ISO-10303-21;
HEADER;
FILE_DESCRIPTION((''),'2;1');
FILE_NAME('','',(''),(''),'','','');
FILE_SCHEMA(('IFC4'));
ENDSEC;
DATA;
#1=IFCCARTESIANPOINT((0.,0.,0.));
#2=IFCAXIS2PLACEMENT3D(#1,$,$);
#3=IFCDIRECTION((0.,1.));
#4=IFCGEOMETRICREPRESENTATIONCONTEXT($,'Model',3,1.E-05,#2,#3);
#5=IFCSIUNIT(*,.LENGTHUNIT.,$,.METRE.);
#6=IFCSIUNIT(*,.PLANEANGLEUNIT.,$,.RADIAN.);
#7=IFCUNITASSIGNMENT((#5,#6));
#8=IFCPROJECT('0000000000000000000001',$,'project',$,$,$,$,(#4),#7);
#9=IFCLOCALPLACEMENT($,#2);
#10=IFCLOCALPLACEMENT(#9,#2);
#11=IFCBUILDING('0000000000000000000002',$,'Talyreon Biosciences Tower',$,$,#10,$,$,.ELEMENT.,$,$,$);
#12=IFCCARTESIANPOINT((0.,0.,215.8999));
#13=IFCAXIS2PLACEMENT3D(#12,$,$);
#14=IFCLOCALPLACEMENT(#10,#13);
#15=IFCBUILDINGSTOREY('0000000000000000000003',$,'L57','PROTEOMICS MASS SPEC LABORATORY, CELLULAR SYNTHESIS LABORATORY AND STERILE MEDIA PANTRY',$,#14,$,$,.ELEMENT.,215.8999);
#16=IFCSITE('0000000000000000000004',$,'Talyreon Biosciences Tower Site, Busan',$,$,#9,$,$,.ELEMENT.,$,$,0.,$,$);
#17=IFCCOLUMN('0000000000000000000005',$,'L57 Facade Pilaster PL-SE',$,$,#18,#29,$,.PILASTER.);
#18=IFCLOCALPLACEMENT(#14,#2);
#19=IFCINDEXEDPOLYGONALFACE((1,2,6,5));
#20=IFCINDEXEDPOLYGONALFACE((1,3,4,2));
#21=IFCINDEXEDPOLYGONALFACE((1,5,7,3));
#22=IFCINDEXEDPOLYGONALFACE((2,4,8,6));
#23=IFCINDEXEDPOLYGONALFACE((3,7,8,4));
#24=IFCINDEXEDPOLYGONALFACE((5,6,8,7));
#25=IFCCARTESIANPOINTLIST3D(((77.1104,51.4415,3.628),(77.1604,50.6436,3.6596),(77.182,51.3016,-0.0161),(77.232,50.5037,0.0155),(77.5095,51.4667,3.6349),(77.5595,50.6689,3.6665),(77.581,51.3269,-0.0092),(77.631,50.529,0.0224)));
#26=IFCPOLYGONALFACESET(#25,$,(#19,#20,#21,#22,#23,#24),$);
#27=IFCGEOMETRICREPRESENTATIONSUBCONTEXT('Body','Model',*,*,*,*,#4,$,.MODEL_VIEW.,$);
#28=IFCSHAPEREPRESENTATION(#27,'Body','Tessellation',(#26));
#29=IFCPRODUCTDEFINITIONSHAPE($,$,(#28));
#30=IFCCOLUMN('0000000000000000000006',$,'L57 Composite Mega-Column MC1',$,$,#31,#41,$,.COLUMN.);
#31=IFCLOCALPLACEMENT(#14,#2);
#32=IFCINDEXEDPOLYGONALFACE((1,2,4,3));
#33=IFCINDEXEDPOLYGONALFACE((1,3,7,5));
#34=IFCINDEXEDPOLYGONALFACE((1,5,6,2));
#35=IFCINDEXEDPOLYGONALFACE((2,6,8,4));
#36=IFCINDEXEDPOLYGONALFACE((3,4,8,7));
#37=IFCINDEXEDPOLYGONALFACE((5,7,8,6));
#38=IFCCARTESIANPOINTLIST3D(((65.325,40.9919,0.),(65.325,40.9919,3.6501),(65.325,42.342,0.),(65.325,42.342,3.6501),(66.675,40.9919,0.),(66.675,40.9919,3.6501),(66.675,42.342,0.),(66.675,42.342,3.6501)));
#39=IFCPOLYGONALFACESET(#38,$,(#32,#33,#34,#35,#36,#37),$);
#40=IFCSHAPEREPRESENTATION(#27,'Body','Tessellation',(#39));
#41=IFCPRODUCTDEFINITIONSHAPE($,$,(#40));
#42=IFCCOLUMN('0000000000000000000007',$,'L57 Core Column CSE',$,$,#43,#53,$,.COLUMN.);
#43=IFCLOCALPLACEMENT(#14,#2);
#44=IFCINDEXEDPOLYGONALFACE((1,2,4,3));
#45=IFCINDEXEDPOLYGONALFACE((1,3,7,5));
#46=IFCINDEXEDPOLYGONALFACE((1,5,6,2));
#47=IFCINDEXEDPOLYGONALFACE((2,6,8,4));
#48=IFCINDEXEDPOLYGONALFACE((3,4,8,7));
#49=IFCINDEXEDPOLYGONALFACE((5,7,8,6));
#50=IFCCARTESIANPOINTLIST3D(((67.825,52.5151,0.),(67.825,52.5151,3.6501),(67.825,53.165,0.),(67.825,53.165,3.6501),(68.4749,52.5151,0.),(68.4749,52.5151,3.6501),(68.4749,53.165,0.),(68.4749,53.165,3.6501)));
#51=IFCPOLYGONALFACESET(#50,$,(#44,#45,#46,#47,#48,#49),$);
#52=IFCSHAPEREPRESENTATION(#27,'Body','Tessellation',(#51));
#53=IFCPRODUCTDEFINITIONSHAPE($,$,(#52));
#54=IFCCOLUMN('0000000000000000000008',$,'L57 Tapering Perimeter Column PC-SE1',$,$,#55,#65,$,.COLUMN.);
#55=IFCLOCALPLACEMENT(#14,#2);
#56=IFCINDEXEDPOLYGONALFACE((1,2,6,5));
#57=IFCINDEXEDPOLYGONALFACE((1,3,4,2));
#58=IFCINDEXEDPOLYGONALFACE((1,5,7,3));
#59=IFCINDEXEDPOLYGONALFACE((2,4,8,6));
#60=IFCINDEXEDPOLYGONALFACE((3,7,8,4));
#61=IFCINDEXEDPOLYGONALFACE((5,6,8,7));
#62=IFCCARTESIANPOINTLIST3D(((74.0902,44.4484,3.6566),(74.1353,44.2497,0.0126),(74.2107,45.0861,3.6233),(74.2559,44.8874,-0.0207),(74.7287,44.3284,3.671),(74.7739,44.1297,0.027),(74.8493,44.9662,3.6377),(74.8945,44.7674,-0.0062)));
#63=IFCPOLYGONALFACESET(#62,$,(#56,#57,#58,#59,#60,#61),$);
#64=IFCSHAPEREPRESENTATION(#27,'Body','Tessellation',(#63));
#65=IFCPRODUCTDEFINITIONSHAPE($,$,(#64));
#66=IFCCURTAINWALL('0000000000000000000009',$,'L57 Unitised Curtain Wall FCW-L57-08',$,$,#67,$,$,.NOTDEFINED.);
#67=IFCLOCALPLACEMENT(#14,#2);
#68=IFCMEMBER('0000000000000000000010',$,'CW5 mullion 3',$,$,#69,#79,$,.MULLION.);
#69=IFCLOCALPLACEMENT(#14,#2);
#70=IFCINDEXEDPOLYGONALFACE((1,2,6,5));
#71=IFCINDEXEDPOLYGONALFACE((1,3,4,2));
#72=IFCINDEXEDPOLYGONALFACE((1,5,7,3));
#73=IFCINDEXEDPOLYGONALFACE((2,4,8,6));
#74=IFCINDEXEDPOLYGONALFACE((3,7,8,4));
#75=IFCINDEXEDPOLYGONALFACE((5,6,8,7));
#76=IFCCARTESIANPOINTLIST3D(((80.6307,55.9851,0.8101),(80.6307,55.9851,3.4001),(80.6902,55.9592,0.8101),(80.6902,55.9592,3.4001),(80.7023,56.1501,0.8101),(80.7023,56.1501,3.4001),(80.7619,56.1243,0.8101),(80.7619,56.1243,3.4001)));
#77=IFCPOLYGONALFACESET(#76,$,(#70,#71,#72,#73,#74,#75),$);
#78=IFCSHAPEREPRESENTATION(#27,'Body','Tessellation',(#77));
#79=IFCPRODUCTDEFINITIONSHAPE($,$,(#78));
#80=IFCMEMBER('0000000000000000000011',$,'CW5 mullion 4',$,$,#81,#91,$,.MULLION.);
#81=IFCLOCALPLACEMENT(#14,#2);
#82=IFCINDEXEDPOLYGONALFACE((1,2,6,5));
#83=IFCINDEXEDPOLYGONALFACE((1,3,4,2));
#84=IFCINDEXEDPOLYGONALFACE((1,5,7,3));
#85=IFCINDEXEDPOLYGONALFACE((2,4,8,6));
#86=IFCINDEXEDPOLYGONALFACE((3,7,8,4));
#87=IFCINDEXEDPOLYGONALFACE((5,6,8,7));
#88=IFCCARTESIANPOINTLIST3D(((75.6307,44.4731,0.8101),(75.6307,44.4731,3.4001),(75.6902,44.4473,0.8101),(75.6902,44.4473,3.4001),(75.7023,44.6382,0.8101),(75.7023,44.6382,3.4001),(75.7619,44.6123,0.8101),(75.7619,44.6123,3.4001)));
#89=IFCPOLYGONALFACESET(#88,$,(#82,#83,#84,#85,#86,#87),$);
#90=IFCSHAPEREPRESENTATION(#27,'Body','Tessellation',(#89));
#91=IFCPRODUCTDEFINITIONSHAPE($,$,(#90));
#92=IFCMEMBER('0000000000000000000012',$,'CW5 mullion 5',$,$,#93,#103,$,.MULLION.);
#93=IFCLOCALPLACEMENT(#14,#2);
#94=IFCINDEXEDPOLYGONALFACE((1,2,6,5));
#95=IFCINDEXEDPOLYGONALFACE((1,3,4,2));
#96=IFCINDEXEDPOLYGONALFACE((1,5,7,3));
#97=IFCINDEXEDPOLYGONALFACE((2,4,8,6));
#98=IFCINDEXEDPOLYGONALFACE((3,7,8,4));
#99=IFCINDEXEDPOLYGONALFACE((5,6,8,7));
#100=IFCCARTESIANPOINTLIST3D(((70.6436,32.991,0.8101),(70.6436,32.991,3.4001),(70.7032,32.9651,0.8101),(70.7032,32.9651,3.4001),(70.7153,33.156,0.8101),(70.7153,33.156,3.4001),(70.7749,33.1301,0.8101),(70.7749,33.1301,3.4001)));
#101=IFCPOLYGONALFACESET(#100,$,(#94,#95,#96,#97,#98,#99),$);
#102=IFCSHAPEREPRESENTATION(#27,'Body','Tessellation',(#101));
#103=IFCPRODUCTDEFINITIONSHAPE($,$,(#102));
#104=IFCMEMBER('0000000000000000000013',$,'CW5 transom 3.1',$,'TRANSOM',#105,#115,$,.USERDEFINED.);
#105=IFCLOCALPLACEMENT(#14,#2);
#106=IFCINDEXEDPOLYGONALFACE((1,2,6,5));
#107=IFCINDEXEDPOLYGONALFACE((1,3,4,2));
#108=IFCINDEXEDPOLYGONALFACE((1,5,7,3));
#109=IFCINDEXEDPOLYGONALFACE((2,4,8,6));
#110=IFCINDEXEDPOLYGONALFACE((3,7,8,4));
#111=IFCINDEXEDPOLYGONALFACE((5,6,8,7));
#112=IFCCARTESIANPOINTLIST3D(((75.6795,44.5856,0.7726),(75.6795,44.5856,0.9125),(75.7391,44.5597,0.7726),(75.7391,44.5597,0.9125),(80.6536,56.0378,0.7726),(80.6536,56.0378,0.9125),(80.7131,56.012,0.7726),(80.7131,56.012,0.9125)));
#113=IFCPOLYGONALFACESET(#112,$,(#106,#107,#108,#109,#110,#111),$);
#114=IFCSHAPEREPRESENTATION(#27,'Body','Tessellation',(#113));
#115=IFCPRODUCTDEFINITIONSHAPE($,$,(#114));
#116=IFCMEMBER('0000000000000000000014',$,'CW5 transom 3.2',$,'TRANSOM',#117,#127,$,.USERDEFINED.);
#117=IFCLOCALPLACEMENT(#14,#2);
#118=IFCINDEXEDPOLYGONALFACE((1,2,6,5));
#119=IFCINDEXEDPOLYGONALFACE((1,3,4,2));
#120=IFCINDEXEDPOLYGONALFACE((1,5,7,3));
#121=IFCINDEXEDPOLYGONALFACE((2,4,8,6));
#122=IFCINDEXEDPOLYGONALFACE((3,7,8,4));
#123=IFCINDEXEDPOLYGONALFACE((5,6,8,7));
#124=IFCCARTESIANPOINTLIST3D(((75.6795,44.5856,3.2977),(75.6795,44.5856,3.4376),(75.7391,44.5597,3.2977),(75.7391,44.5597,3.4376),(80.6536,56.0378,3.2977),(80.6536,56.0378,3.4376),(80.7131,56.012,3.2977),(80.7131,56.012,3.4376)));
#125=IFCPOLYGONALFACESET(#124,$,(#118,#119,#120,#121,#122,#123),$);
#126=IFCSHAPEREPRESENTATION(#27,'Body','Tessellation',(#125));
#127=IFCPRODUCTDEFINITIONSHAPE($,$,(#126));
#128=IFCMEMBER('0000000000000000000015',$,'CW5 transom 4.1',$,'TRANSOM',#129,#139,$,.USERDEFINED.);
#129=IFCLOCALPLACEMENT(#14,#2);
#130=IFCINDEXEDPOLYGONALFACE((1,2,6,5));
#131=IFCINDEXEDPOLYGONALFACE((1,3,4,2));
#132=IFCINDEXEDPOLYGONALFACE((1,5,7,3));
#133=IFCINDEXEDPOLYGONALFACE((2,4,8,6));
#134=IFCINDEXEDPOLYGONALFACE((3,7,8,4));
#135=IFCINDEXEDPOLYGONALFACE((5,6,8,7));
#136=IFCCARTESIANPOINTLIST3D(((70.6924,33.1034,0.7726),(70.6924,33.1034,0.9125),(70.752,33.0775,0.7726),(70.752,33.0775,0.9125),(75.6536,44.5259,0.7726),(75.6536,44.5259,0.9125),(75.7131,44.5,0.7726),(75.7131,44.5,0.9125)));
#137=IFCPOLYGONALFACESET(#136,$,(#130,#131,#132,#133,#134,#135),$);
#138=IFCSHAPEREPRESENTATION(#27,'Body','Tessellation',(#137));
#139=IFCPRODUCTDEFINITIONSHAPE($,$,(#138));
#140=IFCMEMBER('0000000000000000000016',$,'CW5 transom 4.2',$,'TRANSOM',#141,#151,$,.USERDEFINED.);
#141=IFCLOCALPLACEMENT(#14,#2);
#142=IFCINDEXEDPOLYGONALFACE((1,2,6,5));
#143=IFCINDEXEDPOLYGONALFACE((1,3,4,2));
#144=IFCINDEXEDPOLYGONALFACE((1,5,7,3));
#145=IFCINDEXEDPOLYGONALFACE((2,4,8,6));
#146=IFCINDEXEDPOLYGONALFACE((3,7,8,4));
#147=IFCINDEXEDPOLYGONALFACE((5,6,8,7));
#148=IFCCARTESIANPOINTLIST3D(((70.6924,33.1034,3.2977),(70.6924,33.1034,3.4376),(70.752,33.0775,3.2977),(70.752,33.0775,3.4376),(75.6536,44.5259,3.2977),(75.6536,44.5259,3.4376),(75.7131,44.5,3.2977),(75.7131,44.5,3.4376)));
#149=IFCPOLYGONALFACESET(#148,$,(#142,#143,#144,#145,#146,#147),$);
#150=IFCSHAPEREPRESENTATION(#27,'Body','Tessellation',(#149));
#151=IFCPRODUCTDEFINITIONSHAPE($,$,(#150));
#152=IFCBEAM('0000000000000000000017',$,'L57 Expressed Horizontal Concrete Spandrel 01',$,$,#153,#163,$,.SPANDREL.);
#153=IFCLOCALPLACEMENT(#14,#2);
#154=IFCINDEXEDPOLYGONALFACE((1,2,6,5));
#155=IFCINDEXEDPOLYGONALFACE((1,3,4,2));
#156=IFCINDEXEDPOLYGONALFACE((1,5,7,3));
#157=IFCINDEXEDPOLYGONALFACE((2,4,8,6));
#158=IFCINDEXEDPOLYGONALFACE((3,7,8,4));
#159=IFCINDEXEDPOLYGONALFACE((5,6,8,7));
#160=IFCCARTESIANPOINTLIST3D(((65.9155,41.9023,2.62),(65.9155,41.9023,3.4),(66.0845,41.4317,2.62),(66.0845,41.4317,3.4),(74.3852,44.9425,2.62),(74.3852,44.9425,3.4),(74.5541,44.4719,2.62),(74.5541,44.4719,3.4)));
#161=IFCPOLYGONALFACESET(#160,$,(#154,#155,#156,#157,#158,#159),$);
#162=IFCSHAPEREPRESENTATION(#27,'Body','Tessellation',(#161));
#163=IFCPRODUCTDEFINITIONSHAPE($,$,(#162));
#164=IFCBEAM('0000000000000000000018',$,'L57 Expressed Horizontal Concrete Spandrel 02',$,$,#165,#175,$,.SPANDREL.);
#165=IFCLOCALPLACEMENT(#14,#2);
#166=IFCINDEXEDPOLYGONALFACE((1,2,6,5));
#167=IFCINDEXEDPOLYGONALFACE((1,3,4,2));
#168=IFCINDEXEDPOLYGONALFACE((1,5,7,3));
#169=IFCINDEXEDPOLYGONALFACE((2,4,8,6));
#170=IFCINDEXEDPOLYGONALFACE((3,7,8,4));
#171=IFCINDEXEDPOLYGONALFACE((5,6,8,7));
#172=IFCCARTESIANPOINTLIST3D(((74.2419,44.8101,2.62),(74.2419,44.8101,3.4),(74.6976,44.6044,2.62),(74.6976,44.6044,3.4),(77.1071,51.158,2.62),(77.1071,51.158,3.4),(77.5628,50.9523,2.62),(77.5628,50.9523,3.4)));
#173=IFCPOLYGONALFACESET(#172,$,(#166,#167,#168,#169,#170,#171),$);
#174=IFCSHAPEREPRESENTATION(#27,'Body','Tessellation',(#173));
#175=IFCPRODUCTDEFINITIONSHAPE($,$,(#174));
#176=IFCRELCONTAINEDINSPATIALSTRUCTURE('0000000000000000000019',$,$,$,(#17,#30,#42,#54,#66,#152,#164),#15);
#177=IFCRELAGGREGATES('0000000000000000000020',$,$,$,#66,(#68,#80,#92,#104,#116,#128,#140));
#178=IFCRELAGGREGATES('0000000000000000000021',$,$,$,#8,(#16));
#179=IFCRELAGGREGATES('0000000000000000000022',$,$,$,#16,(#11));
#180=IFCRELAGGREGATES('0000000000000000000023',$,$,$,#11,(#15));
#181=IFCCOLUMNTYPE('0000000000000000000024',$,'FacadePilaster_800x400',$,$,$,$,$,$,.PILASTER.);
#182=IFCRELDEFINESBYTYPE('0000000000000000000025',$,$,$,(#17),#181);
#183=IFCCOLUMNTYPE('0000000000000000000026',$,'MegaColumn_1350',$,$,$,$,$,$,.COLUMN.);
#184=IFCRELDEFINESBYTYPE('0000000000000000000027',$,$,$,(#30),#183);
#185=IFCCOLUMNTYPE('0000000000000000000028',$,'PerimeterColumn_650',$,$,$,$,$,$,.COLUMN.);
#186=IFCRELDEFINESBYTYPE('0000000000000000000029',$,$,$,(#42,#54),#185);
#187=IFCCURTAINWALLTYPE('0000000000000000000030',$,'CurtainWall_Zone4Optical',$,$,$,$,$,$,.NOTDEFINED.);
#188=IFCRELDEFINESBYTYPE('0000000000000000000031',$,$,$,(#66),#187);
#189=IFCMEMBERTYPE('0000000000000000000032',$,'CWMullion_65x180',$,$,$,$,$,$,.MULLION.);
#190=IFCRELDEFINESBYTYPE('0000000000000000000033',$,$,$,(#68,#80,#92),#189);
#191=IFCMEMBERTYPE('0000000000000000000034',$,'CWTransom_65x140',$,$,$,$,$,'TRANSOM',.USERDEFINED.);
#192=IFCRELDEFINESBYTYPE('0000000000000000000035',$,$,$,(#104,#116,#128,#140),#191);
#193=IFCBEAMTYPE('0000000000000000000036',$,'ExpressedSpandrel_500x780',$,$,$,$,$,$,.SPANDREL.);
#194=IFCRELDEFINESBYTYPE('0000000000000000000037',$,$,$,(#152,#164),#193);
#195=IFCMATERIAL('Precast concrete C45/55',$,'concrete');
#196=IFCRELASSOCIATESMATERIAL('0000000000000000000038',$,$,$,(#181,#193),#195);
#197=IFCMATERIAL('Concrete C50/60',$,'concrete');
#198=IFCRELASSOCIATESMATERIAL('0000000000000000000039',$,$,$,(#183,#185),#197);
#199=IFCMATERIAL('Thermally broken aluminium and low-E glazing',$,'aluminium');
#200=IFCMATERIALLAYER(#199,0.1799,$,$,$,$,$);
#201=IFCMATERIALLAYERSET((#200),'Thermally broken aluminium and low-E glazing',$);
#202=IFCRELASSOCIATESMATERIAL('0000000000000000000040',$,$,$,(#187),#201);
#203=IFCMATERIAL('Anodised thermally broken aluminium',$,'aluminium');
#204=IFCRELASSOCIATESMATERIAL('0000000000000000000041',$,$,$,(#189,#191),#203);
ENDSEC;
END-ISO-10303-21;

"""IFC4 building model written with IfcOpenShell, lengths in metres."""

from ifc_helpers import new_model, si_unit, direction, frame, origin, origin_2d, place, context, subcontext, project, spatial, rectangle, extrude, material, layer, layer_set, material_profile, profile_set, type_object, element, aggregate, save


model = new_model("IFC4")

# Units and contexts
model_context = context("Model", 3, precision=1e-05, world=origin(), true_north=direction((0.0, 1.0)))
body_context = subcontext(model_context, "Body", "Model", "MODEL_VIEW")
ifc_project = project(units=[si_unit("LENGTHUNIT", "METRE"), si_unit("PLANEANGLEUNIT", "RADIAN")], contexts=[model_context])

# Site, building, storey
site_placement = place(None, origin())
site = spatial("IfcSite", under=ifc_project, at=site_placement, Name="Talyreon Biosciences Tower Site, Busan", CompositionType="ELEMENT", RefElevation=0.0)
building_placement = place(site_placement, origin())
building = spatial("IfcBuilding", under=site, at=building_placement, Name="Talyreon Biosciences Tower", CompositionType="ELEMENT")
storey_placement = place(building_placement, frame((0.0, 0.0, 215.8999)))
storey = spatial("IfcBuildingStorey", under=building, at=storey_placement, Name="L57", Description="PROTEOMICS MASS SPEC LABORATORY, CELLULAR SYNTHESIS LABORATORY AND STERILE MEDIA PANTRY", CompositionType="ELEMENT", Elevation=215.8999)

# Columns
ifc_material_1 = material(Name="Precast concrete C45/55", Category="concrete")
ifc_material_profile_1 = material_profile(ifc_material_1, rectangle(XDim=0.8, YDim=0.3999, at=origin_2d()), Name="RC 800x400")
ifc_profile_set_1 = profile_set([ifc_material_profile_1], Name="Precast concrete C45/55")
column_type_1 = type_object("IfcColumnType", Name="FacadePilaster_800x400", PredefinedType="PILASTER", material=ifc_profile_set_1)
column_1_placement = place(storey_placement, frame((77.4065, 50.9153, 0.0032), z_axis=(-0.019612, 0.038354, 0.999072), x_axis=(0.062501, -0.997262, 0.039511)))
element("IfcColumn", 1, at=column_1_placement, inside=storey, type_object=column_type_1, Name="L57 Facade Pilaster PL-SE", PredefinedType="PILASTER", context=body_context, shape_type="SweptSolid", body=[
    extrude(rectangle(XDim=0.8, YDim=0.3999, at=origin_2d()), origin(), (0.0, 0.0, 1.0), 3.6475),
])
ifc_material_2 = material(Name="Concrete C50/60", Category="concrete")
ifc_material_profile_2 = material_profile(ifc_material_2, rectangle(XDim=1.3501, YDim=1.3501, at=origin_2d()), Name="RC 1350x1350")
ifc_profile_set_2 = profile_set([ifc_material_profile_2], Name="Concrete C50/60")
column_type_2 = type_object("IfcColumnType", Name="MegaColumn_1350", PredefinedType="COLUMN", material=ifc_profile_set_2)
column_2_placement = place(storey_placement, frame((66.0, 41.667, 0.0), z_axis=(0.0, 0.0, 1.0), x_axis=(1.0, 0.0, 0.0)))
element("IfcColumn", 2, at=column_2_placement, inside=storey, type_object=column_type_2, Name="L57 Composite Mega-Column MC1", PredefinedType="COLUMN", context=body_context, shape_type="SweptSolid", body=[
    extrude(rectangle(XDim=1.3501, YDim=1.3501, at=origin_2d()), origin(), (0.0, 0.0, 1.0), 3.6501),
])
ifc_material_profile_3 = material_profile(ifc_material_2, rectangle(XDim=0.6499, YDim=0.6499, at=origin_2d()), Name="RC 650x650")
ifc_profile_set_3 = profile_set([ifc_material_profile_3], Name="Concrete C50/60")
column_type_3 = type_object("IfcColumnType", Name="PerimeterColumn_650", PredefinedType="COLUMN", material=ifc_profile_set_3)
column_3_placement = place(storey_placement, frame((68.1499, 52.8401, 0.0), z_axis=(0.0, 0.0, 1.0), x_axis=(1.0, 0.0, 0.0)))
element("IfcColumn", 3, at=column_3_placement, inside=storey, type_object=column_type_3, Name="L57 Core Column CSE", PredefinedType="COLUMN", context=body_context, shape_type="SweptSolid", body=[
    extrude(rectangle(XDim=0.6499, YDim=0.6499, at=origin_2d()), origin(), (0.0, 0.0, 1.0), 3.6501),
])
column_4_placement = place(storey_placement, frame((74.5149, 44.5085, 0.0032), z_axis=(-0.012375, 0.054451, 0.99844), x_axis=(-0.185516, -0.981306, 0.051217)))
element("IfcColumn", 4, at=column_4_placement, inside=storey, type_object=column_type_3, Name="L57 Tapering Perimeter Column PC-SE1", PredefinedType="COLUMN", context=body_context, shape_type="SweptSolid", body=[
    extrude(rectangle(XDim=0.6499, YDim=0.6499, at=origin_2d()), origin(), (0.0, 0.0, 1.0), 3.6497),
])

# Curtain wall, members
ifc_material_3 = material(Name="Thermally broken aluminium and low-E glazing", Category="aluminium")
ifc_layer_1 = layer(ifc_material_3, 0.1799)
ifc_layer_set_1 = layer_set([ifc_layer_1], Name="Thermally broken aluminium and low-E glazing")
curtain_wall_type = type_object("IfcCurtainWallType", Name="CurtainWall_Zone4Optical", PredefinedType="NOTDEFINED", material=ifc_layer_set_1)
curtain_wall_placement = place(storey_placement, origin())
curtain_wall = element("IfcCurtainWall", 5, at=curtain_wall_placement, inside=storey, type_object=curtain_wall_type, Name="L57 Unitised Curtain Wall FCW-L57-08", PredefinedType="NOTDEFINED")
ifc_material_4 = material(Name="Anodised thermally broken aluminium", Category="aluminium")
ifc_material_profile_4 = material_profile(ifc_material_4, rectangle(XDim=0.0649, YDim=0.1799, at=origin_2d()), Name="ALUM MULLION 65x180")
ifc_profile_set_4 = profile_set([ifc_material_profile_4], Name="Anodised thermally broken aluminium")
member_type_1 = type_object("IfcMemberType", Name="CWMullion_65x180", PredefinedType="MULLION", material=ifc_profile_set_4)
member_1_placement = place(storey_placement, frame((80.6963, 56.0547, 0.8101), z_axis=(0.0, 0.0, 1.0), x_axis=(0.917222, -0.398376, 0.0)))
member_1 = element("IfcMember", 6, at=member_1_placement, type_object=member_type_1, Name="CW5 mullion 3", PredefinedType="MULLION", context=body_context, shape_type="SweptSolid", body=[
    extrude(rectangle(XDim=0.0649, YDim=0.1799, at=origin_2d()), origin(), (0.0, 0.0, 1.0), 2.5901),
])
member_2_placement = place(storey_placement, frame((75.6963, 44.5427, 0.8101), z_axis=(0.0, 0.0, 1.0), x_axis=(0.917222, -0.398376, 0.0)))
member_2 = element("IfcMember", 7, at=member_2_placement, type_object=member_type_1, Name="CW5 mullion 4", PredefinedType="MULLION", context=body_context, shape_type="SweptSolid", body=[
    extrude(rectangle(XDim=0.0649, YDim=0.1799, at=origin_2d()), origin(), (0.0, 0.0, 1.0), 2.5901),
])
member_3_placement = place(storey_placement, frame((70.7092, 33.0605, 0.8101), z_axis=(0.0, 0.0, 1.0), x_axis=(0.917222, -0.398376, 0.0)))
member_3 = element("IfcMember", 8, at=member_3_placement, type_object=member_type_1, Name="CW5 mullion 5", PredefinedType="MULLION", context=body_context, shape_type="SweptSolid", body=[
    extrude(rectangle(XDim=0.0649, YDim=0.1799, at=origin_2d()), origin(), (0.0, 0.0, 1.0), 2.5901),
])
ifc_material_profile_5 = material_profile(ifc_material_4, rectangle(XDim=0.0649, YDim=0.1399, at=origin_2d()), Name="ALUM TRANSOM 65x140")
ifc_profile_set_5 = profile_set([ifc_material_profile_5], Name="Anodised thermally broken aluminium")
member_type_2 = type_object("IfcMemberType", Name="CWTransom_65x140", ElementType="TRANSOM", PredefinedType="USERDEFINED", material=ifc_profile_set_5)
member_4_placement = place(storey_placement, frame((80.6833, 56.0249, 0.8425), z_axis=(-0.398377, -0.917222, 0.0), x_axis=(0.917222, -0.398377, 0.0)))
member_4 = element("IfcMember", 9, at=member_4_placement, type_object=member_type_2, Name="CW5 transom 3.1", ObjectType="TRANSOM", PredefinedType="USERDEFINED", context=body_context, shape_type="SweptSolid", body=[
    extrude(rectangle(XDim=0.0649, YDim=0.1399, at=origin_2d()), origin(), (0.0, 0.0, 1.0), 12.4858),
])
member_5_placement = place(storey_placement, frame((80.6833, 56.0249, 3.3677), z_axis=(-0.398377, -0.917222, 0.0), x_axis=(0.917222, -0.398377, 0.0)))
member_5 = element("IfcMember", 10, at=member_5_placement, type_object=member_type_2, Name="CW5 transom 3.2", ObjectType="TRANSOM", PredefinedType="USERDEFINED", context=body_context, shape_type="SweptSolid", body=[
    extrude(rectangle(XDim=0.0649, YDim=0.1399, at=origin_2d()), origin(), (0.0, 0.0, 1.0), 12.4858),
])
member_6_placement = place(storey_placement, frame((75.6833, 44.5129, 0.8425), z_axis=(-0.398377, -0.917222, 0.0), x_axis=(0.917222, -0.398377, 0.0)))
member_6 = element("IfcMember", 11, at=member_6_placement, type_object=member_type_2, Name="CW5 transom 4.1", ObjectType="TRANSOM", PredefinedType="USERDEFINED", context=body_context, shape_type="SweptSolid", body=[
    extrude(rectangle(XDim=0.0649, YDim=0.1399, at=origin_2d()), origin(), (0.0, 0.0, 1.0), 12.4534),
])
member_7_placement = place(storey_placement, frame((75.6833, 44.5129, 3.3677), z_axis=(-0.398377, -0.917222, 0.0), x_axis=(0.917222, -0.398377, 0.0)))
member_7 = element("IfcMember", 12, at=member_7_placement, type_object=member_type_2, Name="CW5 transom 4.2", ObjectType="TRANSOM", PredefinedType="USERDEFINED", context=body_context, shape_type="SweptSolid", body=[
    extrude(rectangle(XDim=0.0649, YDim=0.1399, at=origin_2d()), origin(), (0.0, 0.0, 1.0), 12.4534),
])

# Beams
ifc_material_profile_6 = material_profile(ifc_material_1, rectangle(XDim=0.5, YDim=0.78, at=origin_2d()), Name="RCB 500x780")
ifc_profile_set_6 = profile_set([ifc_material_profile_6], Name="Precast concrete C45/55")
beam_type_1 = type_object("IfcBeamType", Name="ExpressedSpandrel_500x780", PredefinedType="SPANDREL", material=ifc_profile_set_6)
beam_1_placement = place(storey_placement, frame((66.0, 41.667, 3.01), z_axis=(0.941199, 0.337852, 0.0), x_axis=(-0.337852, 0.941199, 0.0)))
element("IfcBeam", 13, at=beam_1_placement, inside=storey, type_object=beam_type_1, Name="L57 Expressed Horizontal Concrete Spandrel 01", PredefinedType="SPANDREL", context=body_context, shape_type="SweptSolid", body=[
    extrude(rectangle(XDim=0.5, YDim=0.78, at=origin_2d()), origin(), (0.0, 0.0, 1.0), 8.9988),
])
beam_2_placement = place(storey_placement, frame((74.4697, 44.7073, 3.01), z_axis=(0.411401, 0.911455, 0.0), x_axis=(-0.911455, 0.411401, 0.0)))
element("IfcBeam", 14, at=beam_2_placement, inside=storey, type_object=beam_type_1, Name="L57 Expressed Horizontal Concrete Spandrel 02", PredefinedType="SPANDREL", context=body_context, shape_type="SweptSolid", body=[
    extrude(rectangle(XDim=0.5, YDim=0.78, at=origin_2d()), origin(), (0.0, 0.0, 1.0), 6.9646),
])

aggregate(curtain_wall, [member_1, member_2, member_3, member_4, member_5, member_6, member_7])

save(model, "model.ifc")
